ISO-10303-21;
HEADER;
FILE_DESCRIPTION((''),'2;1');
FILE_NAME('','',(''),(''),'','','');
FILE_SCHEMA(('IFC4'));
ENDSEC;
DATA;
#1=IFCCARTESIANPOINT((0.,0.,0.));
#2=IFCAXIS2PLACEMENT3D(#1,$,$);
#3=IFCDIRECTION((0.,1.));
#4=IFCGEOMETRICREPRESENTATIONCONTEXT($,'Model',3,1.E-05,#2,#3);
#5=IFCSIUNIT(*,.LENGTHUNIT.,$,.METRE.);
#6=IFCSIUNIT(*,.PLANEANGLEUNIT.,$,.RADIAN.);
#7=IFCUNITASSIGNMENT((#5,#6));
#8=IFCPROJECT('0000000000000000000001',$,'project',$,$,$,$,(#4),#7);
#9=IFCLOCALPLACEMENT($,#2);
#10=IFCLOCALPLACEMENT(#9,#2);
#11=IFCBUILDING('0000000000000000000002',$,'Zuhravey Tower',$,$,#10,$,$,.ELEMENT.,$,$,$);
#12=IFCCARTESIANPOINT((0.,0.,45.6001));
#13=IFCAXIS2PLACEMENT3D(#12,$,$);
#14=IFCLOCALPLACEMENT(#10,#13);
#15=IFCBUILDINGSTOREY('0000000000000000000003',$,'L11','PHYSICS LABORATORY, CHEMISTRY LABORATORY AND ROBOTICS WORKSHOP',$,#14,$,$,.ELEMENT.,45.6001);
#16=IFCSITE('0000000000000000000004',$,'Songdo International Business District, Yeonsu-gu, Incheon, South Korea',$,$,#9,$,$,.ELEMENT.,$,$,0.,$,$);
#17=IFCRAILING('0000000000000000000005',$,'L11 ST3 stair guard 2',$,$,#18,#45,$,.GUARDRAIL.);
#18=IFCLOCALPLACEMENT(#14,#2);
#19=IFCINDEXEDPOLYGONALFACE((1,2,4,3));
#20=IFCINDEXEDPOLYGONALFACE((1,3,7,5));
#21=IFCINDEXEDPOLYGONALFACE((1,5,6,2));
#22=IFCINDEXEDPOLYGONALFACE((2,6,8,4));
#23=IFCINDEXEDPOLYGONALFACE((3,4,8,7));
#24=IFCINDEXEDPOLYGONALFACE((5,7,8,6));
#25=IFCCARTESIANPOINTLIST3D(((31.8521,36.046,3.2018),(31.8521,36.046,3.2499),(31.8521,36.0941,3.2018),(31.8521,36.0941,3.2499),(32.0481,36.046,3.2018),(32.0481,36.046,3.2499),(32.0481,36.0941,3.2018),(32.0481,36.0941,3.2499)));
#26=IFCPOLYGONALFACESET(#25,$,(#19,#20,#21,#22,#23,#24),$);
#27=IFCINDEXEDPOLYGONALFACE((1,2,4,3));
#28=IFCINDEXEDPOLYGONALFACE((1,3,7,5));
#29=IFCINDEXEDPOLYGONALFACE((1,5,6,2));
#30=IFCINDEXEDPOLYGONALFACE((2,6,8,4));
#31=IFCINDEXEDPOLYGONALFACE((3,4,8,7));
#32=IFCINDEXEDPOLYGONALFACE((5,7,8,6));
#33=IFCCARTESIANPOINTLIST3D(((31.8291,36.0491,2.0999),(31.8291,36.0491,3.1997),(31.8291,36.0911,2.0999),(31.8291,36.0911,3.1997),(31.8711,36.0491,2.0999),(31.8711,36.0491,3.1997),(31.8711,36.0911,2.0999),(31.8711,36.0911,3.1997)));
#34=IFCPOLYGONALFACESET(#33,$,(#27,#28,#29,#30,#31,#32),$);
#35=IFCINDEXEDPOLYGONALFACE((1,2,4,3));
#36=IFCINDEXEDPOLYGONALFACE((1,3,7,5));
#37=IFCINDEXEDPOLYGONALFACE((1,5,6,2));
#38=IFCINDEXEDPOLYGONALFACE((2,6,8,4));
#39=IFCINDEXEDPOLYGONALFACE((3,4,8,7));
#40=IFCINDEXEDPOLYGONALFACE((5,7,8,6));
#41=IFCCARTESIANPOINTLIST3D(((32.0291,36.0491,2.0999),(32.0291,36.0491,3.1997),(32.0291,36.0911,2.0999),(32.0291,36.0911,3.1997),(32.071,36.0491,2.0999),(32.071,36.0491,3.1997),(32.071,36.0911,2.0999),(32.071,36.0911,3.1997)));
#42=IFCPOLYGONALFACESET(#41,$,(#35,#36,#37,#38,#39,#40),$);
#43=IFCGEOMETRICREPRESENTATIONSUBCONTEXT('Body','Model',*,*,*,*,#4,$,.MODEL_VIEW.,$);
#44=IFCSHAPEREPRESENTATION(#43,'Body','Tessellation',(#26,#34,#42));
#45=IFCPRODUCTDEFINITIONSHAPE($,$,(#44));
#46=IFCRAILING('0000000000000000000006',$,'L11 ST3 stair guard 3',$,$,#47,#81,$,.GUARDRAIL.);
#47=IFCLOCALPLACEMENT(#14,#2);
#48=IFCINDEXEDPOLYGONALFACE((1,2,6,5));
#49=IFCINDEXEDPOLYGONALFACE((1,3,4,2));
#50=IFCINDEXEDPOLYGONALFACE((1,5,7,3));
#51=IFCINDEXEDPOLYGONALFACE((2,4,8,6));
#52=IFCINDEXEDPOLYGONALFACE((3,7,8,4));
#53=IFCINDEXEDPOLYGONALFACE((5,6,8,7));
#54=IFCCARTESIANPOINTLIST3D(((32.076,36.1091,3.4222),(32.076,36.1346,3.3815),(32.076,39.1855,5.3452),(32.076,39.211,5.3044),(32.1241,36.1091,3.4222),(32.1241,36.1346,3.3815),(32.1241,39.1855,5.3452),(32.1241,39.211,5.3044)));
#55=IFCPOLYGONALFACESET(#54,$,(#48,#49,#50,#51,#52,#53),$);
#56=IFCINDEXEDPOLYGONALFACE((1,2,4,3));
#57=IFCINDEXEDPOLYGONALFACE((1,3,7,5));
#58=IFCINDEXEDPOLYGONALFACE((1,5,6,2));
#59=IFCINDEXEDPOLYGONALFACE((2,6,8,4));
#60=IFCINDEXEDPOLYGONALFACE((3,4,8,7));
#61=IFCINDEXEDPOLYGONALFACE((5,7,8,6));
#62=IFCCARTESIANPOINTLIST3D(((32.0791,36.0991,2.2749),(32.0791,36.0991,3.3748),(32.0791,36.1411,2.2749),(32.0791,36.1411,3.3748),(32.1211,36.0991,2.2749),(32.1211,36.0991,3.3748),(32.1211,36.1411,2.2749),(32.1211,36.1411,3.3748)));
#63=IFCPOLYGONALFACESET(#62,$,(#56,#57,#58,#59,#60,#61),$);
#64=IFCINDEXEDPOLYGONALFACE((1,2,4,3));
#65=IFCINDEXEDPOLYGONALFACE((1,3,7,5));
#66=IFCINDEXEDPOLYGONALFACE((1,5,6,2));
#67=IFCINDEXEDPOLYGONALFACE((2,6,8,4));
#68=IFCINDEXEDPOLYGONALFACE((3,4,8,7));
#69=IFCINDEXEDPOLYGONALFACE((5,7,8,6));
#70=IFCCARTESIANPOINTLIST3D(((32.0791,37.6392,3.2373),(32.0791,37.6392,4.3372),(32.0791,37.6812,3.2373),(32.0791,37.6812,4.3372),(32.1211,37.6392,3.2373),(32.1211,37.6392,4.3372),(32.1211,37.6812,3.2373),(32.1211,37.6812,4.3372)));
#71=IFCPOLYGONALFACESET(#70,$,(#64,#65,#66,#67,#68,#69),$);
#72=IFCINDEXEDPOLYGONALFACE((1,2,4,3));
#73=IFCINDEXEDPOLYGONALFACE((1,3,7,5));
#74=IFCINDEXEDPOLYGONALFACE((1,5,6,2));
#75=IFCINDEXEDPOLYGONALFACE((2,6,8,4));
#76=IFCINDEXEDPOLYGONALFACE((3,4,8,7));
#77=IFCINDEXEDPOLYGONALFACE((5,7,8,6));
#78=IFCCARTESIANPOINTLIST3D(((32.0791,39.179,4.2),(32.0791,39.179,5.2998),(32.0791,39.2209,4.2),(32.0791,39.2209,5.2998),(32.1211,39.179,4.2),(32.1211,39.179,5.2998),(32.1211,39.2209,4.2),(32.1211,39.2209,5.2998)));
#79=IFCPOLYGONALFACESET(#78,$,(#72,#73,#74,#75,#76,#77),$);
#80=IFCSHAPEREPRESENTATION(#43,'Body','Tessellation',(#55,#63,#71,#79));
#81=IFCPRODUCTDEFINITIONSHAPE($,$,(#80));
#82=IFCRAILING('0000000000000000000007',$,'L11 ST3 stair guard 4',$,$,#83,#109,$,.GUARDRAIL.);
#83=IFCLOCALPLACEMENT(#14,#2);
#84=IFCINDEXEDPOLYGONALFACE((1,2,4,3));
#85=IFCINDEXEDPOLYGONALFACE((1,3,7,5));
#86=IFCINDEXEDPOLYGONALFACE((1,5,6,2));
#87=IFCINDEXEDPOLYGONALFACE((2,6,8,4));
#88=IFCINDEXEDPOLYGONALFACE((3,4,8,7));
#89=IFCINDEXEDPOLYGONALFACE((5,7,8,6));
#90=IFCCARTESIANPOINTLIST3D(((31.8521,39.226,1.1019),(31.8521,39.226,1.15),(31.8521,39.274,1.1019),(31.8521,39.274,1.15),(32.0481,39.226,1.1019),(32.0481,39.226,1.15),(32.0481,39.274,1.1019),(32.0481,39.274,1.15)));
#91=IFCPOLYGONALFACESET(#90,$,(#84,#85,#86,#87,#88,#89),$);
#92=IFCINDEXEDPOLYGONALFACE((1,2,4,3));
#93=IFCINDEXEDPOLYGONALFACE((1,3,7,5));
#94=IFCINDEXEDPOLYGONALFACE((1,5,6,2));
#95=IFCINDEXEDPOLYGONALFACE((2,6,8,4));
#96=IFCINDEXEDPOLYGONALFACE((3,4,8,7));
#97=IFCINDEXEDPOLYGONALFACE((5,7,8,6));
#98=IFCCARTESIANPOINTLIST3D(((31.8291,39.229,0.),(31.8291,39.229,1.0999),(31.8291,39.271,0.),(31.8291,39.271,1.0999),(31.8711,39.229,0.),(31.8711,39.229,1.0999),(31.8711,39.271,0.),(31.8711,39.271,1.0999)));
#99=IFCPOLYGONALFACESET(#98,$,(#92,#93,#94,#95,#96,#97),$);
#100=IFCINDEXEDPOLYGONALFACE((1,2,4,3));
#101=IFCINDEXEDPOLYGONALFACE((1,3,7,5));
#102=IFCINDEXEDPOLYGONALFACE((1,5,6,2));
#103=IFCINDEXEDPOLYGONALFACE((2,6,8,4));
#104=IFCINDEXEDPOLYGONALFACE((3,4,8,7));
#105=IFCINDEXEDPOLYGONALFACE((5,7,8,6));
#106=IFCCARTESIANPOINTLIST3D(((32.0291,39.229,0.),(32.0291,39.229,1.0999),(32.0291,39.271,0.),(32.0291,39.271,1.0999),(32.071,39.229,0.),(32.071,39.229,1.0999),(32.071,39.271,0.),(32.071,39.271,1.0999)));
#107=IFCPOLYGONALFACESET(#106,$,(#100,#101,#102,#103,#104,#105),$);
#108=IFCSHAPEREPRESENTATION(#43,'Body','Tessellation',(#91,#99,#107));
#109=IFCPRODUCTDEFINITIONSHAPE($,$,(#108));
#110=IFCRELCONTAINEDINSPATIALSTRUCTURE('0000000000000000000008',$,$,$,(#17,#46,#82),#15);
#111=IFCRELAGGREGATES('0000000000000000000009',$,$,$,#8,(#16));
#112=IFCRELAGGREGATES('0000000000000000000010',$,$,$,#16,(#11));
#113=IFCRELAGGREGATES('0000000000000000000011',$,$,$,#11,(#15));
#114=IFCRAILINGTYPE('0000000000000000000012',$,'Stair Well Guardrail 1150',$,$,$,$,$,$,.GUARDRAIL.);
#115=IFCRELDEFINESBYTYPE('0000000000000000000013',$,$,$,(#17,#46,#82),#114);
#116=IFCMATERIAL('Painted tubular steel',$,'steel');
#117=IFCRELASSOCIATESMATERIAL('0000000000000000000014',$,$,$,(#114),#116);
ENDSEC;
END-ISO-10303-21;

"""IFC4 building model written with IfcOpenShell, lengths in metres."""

from ifc_helpers import new_model, si_unit, direction, frame, origin, origin_2d, place, context, subcontext, project, spatial, rectangle, extrude, material, type_object, element, save


model = new_model("IFC4")

# Units and contexts
model_context = context("Model", 3, precision=1e-05, world=origin(), true_north=direction((0.0, 1.0)))
body_context = subcontext(model_context, "Body", "Model", "MODEL_VIEW")
ifc_project = project(units=[si_unit("LENGTHUNIT", "METRE"), si_unit("PLANEANGLEUNIT", "RADIAN")], contexts=[model_context])

# Site, building, storey
site_placement = place(None, origin())
site = spatial("IfcSite", under=ifc_project, at=site_placement, Name="Songdo International Business District, Yeonsu-gu, Incheon, South Korea", CompositionType="ELEMENT", RefElevation=0.0)
building_placement = place(site_placement, origin())
building = spatial("IfcBuilding", under=site, at=building_placement, Name="Zuhravey Tower", CompositionType="ELEMENT")
storey_placement = place(building_placement, frame((0.0, 0.0, 45.6001)))
storey = spatial("IfcBuildingStorey", under=building, at=storey_placement, Name="L11", Description="PHYSICS LABORATORY, CHEMISTRY LABORATORY AND ROBOTICS WORKSHOP", CompositionType="ELEMENT", Elevation=45.6001)

# Railings
ifc_material_1 = material(Name="Painted tubular steel", Category="steel")
railing_type_1 = type_object("IfcRailingType", Name="Stair Well Guardrail 1150", PredefinedType="GUARDRAIL", material=ifc_material_1)
railing_1_placement = place(storey_placement, frame((31.8501, 36.0701, 2.0999)))
element("IfcRailing", 1, at=railing_1_placement, inside=storey, type_object=railing_type_1, Name="L11 ST3 stair guard 2", PredefinedType="GUARDRAIL", context=body_context, shape_type="SweptSolid", body=[
    extrude(rectangle(XDim=0.0481, YDim=0.0481, at=origin_2d()), frame((0.002, 0.0, 1.126), z_axis=(1.0, 0.0, 0.0), x_axis=(0.0, 1.0, 0.0)), (0.0, 0.0, 1.0), 0.196),
    extrude(rectangle(XDim=0.042, YDim=0.042, at=origin_2d()), origin(), (0.0, 0.0, 1.0), 1.0999),
    extrude(rectangle(XDim=0.042, YDim=0.042, at=origin_2d()), frame((0.2, 0.0, 0.0)), (0.0, 0.0, 1.0), 1.0999),
])
railing_2_placement = place(storey_placement, frame((32.1001, 36.1201, 2.2749)))
element("IfcRailing", 2, at=railing_2_placement, inside=storey, type_object=railing_type_1, Name="L11 ST3 stair guard 3", PredefinedType="GUARDRAIL", context=body_context, shape_type="SweptSolid", body=[
    extrude(rectangle(XDim=0.0481, YDim=0.0481, at=origin_2d()), frame((0.0, 0.0017, 1.127), z_axis=(0.0, 0.847979, 0.530029), x_axis=(-1.0, 0.0, 0.0)), (0.0, 0.0, 1.0), 3.6279),
    extrude(rectangle(XDim=0.042, YDim=0.042, at=origin_2d()), origin(), (0.0, 0.0, 1.0), 1.0999),
    extrude(rectangle(XDim=0.042, YDim=0.042, at=origin_2d()), frame((0.0, 1.54, 0.9624)), (0.0, 0.0, 1.0), 1.0999),
    extrude(rectangle(XDim=0.042, YDim=0.042, at=origin_2d()), frame((0.0, 3.0798, 1.925)), (0.0, 0.0, 1.0), 1.0999),
])
railing_3_placement = place(storey_placement, frame((31.8501, 39.25, 0.0)))
element("IfcRailing", 3, at=railing_3_placement, inside=storey, type_object=railing_type_1, Name="L11 ST3 stair guard 4", PredefinedType="GUARDRAIL", context=body_context, shape_type="SweptSolid", body=[
    extrude(rectangle(XDim=0.0481, YDim=0.0481, at=origin_2d()), frame((0.002, 0.0, 1.126), z_axis=(1.0, 0.0, 0.0), x_axis=(0.0, 1.0, 0.0)), (0.0, 0.0, 1.0), 0.196),
    extrude(rectangle(XDim=0.042, YDim=0.042, at=origin_2d()), origin(), (0.0, 0.0, 1.0), 1.0999),
    extrude(rectangle(XDim=0.042, YDim=0.042, at=origin_2d()), frame((0.2, 0.0, 0.0)), (0.0, 0.0, 1.0), 1.0999),
])

save(model, "model.ifc")
